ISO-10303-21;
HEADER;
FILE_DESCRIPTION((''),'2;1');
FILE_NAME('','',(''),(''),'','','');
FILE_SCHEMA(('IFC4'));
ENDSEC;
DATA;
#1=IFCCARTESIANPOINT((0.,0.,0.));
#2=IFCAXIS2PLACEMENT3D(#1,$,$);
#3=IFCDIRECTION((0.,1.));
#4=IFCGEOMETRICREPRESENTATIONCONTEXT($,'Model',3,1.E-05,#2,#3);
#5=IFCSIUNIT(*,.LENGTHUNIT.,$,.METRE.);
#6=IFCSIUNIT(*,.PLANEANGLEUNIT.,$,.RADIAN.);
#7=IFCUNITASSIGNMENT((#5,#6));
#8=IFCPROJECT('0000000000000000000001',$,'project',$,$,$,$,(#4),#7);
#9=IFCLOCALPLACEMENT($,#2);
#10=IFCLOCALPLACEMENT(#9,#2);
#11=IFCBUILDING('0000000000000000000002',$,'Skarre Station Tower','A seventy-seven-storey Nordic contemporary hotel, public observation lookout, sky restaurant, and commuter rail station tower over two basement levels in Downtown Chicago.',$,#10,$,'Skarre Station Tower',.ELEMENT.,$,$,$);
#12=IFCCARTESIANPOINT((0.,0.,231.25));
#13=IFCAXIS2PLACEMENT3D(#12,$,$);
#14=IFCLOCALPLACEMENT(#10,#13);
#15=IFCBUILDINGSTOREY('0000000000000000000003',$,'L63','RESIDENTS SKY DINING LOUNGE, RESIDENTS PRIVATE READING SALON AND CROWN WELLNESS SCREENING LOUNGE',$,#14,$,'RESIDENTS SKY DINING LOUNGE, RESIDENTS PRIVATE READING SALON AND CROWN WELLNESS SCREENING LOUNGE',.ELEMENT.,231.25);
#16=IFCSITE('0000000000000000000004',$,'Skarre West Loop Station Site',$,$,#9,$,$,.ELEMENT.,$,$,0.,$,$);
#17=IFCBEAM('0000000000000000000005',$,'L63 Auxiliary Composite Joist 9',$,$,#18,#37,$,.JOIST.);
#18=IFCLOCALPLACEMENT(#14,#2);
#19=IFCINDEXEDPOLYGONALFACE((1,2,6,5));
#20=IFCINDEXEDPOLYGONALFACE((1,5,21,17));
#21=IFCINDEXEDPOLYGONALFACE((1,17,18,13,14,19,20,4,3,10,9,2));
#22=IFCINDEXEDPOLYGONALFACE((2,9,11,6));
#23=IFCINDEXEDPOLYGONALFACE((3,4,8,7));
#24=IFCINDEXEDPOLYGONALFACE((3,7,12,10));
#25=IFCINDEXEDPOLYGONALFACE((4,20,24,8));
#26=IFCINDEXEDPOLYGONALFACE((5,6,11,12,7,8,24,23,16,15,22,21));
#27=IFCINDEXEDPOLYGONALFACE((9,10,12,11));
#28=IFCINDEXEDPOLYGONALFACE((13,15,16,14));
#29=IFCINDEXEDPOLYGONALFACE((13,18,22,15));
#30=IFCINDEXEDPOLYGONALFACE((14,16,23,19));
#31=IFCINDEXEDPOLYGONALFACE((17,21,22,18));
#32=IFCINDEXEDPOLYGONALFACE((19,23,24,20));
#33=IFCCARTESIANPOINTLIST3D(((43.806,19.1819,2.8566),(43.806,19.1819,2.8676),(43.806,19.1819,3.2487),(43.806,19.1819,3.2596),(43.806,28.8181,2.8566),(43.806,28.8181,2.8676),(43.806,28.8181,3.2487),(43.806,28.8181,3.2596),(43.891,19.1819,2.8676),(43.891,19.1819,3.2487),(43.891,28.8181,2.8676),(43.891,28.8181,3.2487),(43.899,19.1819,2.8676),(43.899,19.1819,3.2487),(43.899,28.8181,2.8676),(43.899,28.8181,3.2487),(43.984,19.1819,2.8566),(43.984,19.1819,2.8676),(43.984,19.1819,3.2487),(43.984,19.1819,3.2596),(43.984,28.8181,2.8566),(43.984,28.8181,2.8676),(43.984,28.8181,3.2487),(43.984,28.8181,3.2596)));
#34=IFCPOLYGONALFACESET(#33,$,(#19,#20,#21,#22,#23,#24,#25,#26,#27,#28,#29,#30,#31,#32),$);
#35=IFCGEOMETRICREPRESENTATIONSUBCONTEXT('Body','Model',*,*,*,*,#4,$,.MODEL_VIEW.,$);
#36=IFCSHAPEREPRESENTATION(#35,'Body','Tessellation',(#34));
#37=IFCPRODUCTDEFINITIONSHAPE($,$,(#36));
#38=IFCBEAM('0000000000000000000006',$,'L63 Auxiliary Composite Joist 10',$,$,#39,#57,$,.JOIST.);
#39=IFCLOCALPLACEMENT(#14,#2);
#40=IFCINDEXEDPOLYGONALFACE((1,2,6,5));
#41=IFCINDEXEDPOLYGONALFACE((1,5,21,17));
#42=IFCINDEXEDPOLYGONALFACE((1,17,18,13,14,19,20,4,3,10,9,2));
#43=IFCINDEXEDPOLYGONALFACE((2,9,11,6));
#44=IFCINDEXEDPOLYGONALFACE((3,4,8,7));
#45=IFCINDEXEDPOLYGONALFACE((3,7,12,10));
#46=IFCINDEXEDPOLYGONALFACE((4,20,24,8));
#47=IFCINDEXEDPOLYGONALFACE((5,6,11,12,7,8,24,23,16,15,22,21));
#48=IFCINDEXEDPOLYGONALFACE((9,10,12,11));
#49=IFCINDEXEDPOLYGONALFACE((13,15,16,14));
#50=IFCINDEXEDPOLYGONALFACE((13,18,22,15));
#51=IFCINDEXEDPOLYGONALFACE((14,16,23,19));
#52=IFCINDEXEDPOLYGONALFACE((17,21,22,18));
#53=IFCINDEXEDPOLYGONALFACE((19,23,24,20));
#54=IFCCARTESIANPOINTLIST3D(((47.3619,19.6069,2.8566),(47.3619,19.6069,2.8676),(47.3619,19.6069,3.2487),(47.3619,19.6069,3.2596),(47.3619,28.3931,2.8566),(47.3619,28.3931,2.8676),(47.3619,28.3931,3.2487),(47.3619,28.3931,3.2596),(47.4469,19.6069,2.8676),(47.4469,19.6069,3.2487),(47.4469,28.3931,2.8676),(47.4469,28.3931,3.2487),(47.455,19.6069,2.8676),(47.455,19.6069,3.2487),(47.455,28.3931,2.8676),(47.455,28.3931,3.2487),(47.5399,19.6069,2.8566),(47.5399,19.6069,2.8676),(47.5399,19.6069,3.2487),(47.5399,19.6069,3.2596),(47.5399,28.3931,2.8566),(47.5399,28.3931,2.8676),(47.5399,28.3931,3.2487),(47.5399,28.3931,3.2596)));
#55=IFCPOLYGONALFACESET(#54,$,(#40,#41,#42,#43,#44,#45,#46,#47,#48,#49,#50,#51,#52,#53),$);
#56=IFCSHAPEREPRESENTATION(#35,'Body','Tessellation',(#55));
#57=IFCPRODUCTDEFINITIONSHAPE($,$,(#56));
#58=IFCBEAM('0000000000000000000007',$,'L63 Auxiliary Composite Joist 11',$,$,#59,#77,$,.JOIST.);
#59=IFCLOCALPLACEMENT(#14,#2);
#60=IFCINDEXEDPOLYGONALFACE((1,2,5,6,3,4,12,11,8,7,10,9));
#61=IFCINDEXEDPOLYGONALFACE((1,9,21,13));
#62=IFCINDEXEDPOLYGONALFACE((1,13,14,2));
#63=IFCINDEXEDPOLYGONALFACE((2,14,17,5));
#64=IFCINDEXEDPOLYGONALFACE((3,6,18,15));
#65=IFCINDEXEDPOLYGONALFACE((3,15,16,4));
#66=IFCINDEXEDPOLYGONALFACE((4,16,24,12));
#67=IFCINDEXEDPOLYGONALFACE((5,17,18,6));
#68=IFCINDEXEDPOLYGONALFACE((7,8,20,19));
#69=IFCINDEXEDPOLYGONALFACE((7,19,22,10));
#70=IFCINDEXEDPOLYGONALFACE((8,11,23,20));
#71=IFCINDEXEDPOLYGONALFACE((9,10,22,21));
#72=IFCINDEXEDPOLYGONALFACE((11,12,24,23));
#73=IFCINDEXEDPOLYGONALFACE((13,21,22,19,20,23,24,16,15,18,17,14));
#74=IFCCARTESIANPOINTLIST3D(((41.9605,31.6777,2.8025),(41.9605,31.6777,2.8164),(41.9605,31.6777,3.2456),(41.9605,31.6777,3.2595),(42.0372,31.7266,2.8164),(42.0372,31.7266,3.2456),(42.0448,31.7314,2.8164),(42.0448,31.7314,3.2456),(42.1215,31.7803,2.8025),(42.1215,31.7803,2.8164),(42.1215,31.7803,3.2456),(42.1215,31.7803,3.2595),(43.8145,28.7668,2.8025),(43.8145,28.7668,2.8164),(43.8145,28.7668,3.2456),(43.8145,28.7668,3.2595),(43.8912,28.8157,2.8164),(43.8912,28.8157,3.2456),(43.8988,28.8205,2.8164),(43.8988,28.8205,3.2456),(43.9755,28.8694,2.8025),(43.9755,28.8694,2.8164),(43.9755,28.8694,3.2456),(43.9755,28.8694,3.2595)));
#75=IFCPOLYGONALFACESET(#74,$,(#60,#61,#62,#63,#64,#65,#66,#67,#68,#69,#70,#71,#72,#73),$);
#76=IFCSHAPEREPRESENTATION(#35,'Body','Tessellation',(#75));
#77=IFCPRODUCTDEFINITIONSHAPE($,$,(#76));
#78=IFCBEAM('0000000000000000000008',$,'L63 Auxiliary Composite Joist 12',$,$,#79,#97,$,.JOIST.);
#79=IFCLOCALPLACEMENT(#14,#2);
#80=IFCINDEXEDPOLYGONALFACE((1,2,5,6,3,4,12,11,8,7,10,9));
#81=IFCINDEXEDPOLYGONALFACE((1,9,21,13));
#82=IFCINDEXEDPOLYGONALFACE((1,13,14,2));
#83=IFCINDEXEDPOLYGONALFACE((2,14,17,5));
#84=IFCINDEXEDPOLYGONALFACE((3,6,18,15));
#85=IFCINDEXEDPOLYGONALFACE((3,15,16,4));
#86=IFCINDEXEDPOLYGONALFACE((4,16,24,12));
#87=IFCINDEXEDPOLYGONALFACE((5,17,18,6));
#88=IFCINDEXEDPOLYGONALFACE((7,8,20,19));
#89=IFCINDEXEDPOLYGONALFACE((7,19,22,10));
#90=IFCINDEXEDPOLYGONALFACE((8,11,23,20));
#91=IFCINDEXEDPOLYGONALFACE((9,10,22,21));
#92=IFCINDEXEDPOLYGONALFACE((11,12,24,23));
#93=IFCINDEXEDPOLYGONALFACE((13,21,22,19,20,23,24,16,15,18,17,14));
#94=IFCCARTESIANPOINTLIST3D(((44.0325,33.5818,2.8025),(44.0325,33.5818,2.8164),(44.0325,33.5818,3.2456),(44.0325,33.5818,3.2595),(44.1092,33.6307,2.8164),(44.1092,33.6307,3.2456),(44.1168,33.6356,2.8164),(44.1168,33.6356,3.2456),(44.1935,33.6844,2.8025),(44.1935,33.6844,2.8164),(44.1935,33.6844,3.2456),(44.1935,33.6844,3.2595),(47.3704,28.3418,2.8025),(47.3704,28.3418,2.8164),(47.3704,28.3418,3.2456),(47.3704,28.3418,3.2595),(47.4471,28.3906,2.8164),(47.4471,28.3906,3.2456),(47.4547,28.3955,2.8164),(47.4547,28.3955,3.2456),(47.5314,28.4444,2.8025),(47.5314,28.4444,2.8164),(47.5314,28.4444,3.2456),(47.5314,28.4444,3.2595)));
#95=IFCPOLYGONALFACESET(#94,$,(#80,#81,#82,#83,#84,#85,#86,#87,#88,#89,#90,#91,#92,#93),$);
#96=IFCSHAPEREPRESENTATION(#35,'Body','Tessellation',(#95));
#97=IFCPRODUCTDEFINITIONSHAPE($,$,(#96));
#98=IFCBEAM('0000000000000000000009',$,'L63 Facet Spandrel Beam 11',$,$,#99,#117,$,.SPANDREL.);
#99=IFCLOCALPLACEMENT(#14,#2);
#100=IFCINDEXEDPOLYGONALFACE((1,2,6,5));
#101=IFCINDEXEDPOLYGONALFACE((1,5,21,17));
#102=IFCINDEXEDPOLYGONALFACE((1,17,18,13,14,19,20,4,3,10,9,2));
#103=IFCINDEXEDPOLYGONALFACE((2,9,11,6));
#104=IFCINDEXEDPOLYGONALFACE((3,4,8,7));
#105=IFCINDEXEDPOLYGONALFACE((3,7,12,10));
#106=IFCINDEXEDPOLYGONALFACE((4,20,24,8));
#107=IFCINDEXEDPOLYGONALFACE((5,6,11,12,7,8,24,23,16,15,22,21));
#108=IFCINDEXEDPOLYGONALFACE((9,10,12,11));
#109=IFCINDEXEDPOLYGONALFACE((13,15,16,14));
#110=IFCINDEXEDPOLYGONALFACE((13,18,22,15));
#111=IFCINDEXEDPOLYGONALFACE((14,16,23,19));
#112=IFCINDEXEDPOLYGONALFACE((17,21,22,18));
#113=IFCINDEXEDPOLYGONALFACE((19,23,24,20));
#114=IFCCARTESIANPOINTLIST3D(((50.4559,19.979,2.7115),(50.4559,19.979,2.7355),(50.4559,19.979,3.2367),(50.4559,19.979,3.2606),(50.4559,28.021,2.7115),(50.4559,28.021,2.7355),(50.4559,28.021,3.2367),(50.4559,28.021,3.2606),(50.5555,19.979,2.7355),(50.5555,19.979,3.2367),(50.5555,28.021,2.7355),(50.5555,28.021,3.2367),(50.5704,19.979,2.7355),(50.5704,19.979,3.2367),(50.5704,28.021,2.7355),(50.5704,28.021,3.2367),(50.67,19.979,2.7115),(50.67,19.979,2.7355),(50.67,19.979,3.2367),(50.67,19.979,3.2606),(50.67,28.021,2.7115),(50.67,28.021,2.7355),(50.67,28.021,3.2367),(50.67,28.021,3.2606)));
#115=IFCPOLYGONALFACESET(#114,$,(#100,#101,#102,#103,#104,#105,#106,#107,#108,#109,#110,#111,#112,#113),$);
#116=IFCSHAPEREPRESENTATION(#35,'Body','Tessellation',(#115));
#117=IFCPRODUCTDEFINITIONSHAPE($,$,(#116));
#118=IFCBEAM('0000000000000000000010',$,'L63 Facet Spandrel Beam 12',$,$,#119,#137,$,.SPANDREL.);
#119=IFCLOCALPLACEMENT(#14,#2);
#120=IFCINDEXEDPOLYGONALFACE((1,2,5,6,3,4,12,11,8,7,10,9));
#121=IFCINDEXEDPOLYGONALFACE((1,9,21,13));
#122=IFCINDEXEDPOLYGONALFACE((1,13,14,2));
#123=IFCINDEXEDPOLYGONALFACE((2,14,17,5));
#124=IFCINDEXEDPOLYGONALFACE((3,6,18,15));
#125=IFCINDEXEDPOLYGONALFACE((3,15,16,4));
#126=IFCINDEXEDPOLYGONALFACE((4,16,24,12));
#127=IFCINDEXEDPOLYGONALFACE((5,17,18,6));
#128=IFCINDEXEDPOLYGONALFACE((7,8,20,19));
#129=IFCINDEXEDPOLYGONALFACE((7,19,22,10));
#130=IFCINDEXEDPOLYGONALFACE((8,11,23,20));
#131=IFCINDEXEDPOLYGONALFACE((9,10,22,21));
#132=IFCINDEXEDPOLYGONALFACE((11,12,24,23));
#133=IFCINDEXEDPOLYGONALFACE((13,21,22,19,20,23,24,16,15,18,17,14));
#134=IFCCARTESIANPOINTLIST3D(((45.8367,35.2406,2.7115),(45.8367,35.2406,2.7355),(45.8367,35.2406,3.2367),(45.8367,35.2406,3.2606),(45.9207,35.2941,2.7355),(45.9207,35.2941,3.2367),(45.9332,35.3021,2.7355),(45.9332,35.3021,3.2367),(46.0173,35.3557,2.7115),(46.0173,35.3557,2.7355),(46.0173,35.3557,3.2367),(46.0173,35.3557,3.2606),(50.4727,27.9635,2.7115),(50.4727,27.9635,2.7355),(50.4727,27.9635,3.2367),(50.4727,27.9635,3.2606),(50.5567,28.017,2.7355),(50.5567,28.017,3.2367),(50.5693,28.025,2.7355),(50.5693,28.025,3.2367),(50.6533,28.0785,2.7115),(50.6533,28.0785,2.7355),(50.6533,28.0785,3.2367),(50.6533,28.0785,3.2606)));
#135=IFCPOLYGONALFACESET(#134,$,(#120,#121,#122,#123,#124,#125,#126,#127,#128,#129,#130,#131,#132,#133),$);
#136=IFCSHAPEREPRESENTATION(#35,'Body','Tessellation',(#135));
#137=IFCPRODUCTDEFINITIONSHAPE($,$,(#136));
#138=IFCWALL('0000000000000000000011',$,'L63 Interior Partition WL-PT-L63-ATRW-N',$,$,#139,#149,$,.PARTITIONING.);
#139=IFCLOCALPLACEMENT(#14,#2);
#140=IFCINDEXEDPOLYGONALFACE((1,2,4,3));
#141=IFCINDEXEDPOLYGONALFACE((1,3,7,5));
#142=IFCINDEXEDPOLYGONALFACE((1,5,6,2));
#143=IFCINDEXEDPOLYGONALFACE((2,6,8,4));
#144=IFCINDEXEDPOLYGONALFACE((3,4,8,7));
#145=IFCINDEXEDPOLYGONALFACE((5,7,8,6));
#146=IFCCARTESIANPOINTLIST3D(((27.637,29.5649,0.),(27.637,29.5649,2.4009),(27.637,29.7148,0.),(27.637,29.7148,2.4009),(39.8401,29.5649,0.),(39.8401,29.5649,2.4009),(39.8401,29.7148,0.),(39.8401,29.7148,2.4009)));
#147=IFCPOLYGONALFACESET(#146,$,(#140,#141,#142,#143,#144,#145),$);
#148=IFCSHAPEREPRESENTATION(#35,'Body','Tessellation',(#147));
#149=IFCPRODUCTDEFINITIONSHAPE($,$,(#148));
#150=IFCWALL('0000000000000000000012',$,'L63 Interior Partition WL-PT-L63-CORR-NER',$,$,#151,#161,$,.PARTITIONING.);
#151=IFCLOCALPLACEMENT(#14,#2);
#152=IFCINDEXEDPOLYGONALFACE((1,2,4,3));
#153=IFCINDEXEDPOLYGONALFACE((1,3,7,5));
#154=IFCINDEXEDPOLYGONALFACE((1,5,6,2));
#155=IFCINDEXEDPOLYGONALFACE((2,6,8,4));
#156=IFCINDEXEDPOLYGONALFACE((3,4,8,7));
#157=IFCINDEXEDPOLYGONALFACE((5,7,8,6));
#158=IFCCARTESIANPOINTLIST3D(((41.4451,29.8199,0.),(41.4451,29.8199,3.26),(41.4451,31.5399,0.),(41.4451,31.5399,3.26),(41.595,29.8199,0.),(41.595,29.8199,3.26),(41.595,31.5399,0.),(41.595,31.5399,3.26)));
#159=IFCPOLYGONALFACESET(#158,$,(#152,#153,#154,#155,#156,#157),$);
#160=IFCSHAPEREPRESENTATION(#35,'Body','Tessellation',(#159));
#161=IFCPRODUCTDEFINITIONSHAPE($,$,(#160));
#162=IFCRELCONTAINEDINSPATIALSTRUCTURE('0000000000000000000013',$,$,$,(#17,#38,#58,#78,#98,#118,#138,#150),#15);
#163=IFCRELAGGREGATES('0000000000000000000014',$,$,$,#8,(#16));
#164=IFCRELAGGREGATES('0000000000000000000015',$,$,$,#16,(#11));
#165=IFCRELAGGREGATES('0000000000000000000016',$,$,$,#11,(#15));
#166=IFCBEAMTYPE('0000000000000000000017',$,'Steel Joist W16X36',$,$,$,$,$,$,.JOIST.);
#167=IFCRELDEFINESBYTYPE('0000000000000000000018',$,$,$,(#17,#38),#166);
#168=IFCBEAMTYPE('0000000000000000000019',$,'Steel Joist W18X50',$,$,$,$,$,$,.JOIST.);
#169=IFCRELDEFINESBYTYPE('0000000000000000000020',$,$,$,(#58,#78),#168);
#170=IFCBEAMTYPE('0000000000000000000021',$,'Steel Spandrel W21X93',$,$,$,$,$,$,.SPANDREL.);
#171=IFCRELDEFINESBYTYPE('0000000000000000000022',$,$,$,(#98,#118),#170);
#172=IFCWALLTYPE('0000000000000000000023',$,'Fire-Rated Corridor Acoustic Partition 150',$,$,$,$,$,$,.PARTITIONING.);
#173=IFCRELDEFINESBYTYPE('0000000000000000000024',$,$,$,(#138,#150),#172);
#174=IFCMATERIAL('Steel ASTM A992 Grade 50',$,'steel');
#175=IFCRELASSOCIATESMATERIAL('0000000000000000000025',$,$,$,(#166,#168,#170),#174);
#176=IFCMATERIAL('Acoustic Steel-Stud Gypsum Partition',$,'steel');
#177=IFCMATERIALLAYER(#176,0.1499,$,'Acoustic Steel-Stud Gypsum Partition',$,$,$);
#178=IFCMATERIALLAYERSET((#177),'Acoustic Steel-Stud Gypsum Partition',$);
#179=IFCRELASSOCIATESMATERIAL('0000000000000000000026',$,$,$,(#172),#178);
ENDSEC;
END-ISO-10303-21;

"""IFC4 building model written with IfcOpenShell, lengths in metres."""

from ifc_helpers import new_model, si_unit, direction, frame, frame_2d, origin, origin_2d, place, context, subcontext, project, spatial, rectangle, i_section, extrude, material, layer, layer_set, material_profile, profile_set, type_object, element, save


model = new_model("IFC4")

# Units and contexts
model_context = context("Model", 3, precision=1e-05, world=origin(), true_north=direction((0.0, 1.0)))
body_context = subcontext(model_context, "Body", "Model", "MODEL_VIEW")
ifc_project = project(units=[si_unit("LENGTHUNIT", "METRE"), si_unit("PLANEANGLEUNIT", "RADIAN")], contexts=[model_context])

# Site, building, storey
site_placement = place(None, origin())
site = spatial("IfcSite", under=ifc_project, at=site_placement, Name="Skarre West Loop Station Site", CompositionType="ELEMENT", RefElevation=0.0)
building_placement = place(site_placement, origin())
building = spatial("IfcBuilding", under=site, at=building_placement, Name="Skarre Station Tower", Description="A seventy-seven-storey Nordic contemporary hotel, public observation lookout, sky restaurant, and commuter rail station tower over two basement levels in Downtown Chicago.", LongName="Skarre Station Tower", CompositionType="ELEMENT")
storey_placement = place(building_placement, frame((0.0, 0.0, 231.25)))
storey = spatial("IfcBuildingStorey", under=building, at=storey_placement, Name="L63", Description="RESIDENTS SKY DINING LOUNGE, RESIDENTS PRIVATE READING SALON AND CROWN WELLNESS SCREENING LOUNGE", LongName="RESIDENTS SKY DINING LOUNGE, RESIDENTS PRIVATE READING SALON AND CROWN WELLNESS SCREENING LOUNGE", CompositionType="ELEMENT", Elevation=231.25)

# Beams
ifc_material_1 = material(Name="Steel ASTM A992 Grade 50", Category="steel")
ifc_material_profile_1 = material_profile(ifc_material_1, i_section(OverallWidth=0.178, OverallDepth=0.4031, WebThickness=0.0081, FlangeThickness=0.011, at=origin_2d()), Name="Steel ASTM A992 Grade 50")
ifc_profile_set_1 = profile_set([ifc_material_profile_1], Name="Steel ASTM A992 Grade 50")
beam_type_1 = type_object("IfcBeamType", Name="Steel Joist W16X36", PredefinedType="JOIST", material=ifc_profile_set_1)
beam_1_placement = place(storey_placement, frame((43.895, 19.1819, 3.0581), z_axis=(0.0, 1.0, 0.0), x_axis=(-1.0, 0.0, 0.0)))
element("IfcBeam", 1, at=beam_1_placement, inside=storey, type_object=beam_type_1, Name="L63 Auxiliary Composite Joist 9", PredefinedType="JOIST", context=body_context, shape_type="SweptSolid", body=[
    extrude(i_section(OverallWidth=0.178, OverallDepth=0.4031, WebThickness=0.0081, FlangeThickness=0.011, at=origin_2d()), origin(), (0.0, 0.0, 1.0), 9.6362),
])
beam_2_placement = place(storey_placement, frame((47.4509, 19.6069, 3.0581), z_axis=(0.0, 1.0, 0.0), x_axis=(-1.0, 0.0, 0.0)))
element("IfcBeam", 2, at=beam_2_placement, inside=storey, type_object=beam_type_1, Name="L63 Auxiliary Composite Joist 10", PredefinedType="JOIST", context=body_context, shape_type="SweptSolid", body=[
    extrude(i_section(OverallWidth=0.178, OverallDepth=0.4031, WebThickness=0.0081, FlangeThickness=0.011, at=origin_2d()), origin(), (0.0, 0.0, 1.0), 8.7861),
])
ifc_material_profile_2 = material_profile(ifc_material_1, i_section(OverallWidth=0.1909, OverallDepth=0.457, WebThickness=0.009, FlangeThickness=0.0139, at=origin_2d()), Name="Steel ASTM A992 Grade 50")
ifc_profile_set_2 = profile_set([ifc_material_profile_2], Name="Steel ASTM A992 Grade 50")
beam_type_2 = type_object("IfcBeamType", Name="Steel Joist W18X50", PredefinedType="JOIST", material=ifc_profile_set_2)
beam_3_placement = place(storey_placement, frame((43.895, 28.8181, 3.031), z_axis=(-0.53721, 0.843449, 0.0), x_axis=(-0.843449, -0.53721, 0.0)))
element("IfcBeam", 3, at=beam_3_placement, inside=storey, type_object=beam_type_2, Name="L63 Auxiliary Composite Joist 11", PredefinedType="JOIST", context=body_context, shape_type="SweptSolid", body=[
    extrude(i_section(OverallWidth=0.1909, OverallDepth=0.457, WebThickness=0.009, FlangeThickness=0.0139, at=origin_2d()), origin(), (0.0, 0.0, 1.0), 3.4512),
])
beam_4_placement = place(storey_placement, frame((47.4509, 28.3931, 3.031), z_axis=(-0.537259, 0.843417, 0.0), x_axis=(-0.843417, -0.537259, 0.0)))
element("IfcBeam", 4, at=beam_4_placement, inside=storey, type_object=beam_type_2, Name="L63 Auxiliary Composite Joist 12", PredefinedType="JOIST", context=body_context, shape_type="SweptSolid", body=[
    extrude(i_section(OverallWidth=0.1909, OverallDepth=0.457, WebThickness=0.009, FlangeThickness=0.0139, at=origin_2d()), origin(), (0.0, 0.0, 1.0), 6.2129),
])
ifc_material_profile_3 = material_profile(ifc_material_1, i_section(OverallWidth=0.2141, OverallDepth=0.5491, WebThickness=0.0149, FlangeThickness=0.0239, at=origin_2d()), Name="Steel ASTM A992 Grade 50")
ifc_profile_set_3 = profile_set([ifc_material_profile_3], Name="Steel ASTM A992 Grade 50")
beam_type_3 = type_object("IfcBeamType", Name="Steel Spandrel W21X93", PredefinedType="SPANDREL", material=ifc_profile_set_3)
beam_5_placement = place(storey_placement, frame((50.563, 19.979, 2.9861), z_axis=(0.0, 1.0, 0.0), x_axis=(-1.0, 0.0, 0.0)))
element("IfcBeam", 5, at=beam_5_placement, inside=storey, type_object=beam_type_3, Name="L63 Facet Spandrel Beam 11", PredefinedType="SPANDREL", context=body_context, shape_type="SweptSolid", body=[
    extrude(i_section(OverallWidth=0.2141, OverallDepth=0.5491, WebThickness=0.0149, FlangeThickness=0.0239, at=origin_2d()), origin(), (0.0, 0.0, 1.0), 8.042),
])
beam_6_placement = place(storey_placement, frame((50.563, 28.021, 2.9861), z_axis=(-0.537297, 0.843393, 0.0), x_axis=(-0.843393, -0.537297, 0.0)))
element("IfcBeam", 6, at=beam_6_placement, inside=storey, type_object=beam_type_3, Name="L63 Facet Spandrel Beam 12", PredefinedType="SPANDREL", context=body_context, shape_type="SweptSolid", body=[
    extrude(i_section(OverallWidth=0.2141, OverallDepth=0.5491, WebThickness=0.0149, FlangeThickness=0.0239, at=origin_2d()), origin(), (0.0, 0.0, 1.0), 8.6284),
])

# Walls
ifc_material_2 = material(Name="Acoustic Steel-Stud Gypsum Partition", Category="steel")
ifc_layer_1 = layer(ifc_material_2, 0.1499, Name="Acoustic Steel-Stud Gypsum Partition")
ifc_layer_set_1 = layer_set([ifc_layer_1], Name="Acoustic Steel-Stud Gypsum Partition")
wall_type_1 = type_object("IfcWallType", Name="Fire-Rated Corridor Acoustic Partition 150", PredefinedType="PARTITIONING", material=ifc_layer_set_1)
wall_1_placement = place(storey_placement, frame((39.8401, 29.6399, 0.0), z_axis=(0.0, 0.0, 1.0), x_axis=(-1.0, 0.0, 0.0)))
element("IfcWall", 7, at=wall_1_placement, inside=storey, type_object=wall_type_1, Name="L63 Interior Partition WL-PT-L63-ATRW-N", PredefinedType="PARTITIONING", context=body_context, shape_type="SweptSolid", body=[
    extrude(rectangle(XDim=12.2031, YDim=0.1499, at=frame_2d((6.1016, 0.0))), origin(), (0.0, 0.0, 1.0), 2.4009),
])
wall_2_placement = place(storey_placement, frame((41.52, 29.8201, 0.0), z_axis=(0.0, 0.0, 1.0), x_axis=(0.0, 1.0, 0.0)))
element("IfcWall", 8, at=wall_2_placement, inside=storey, type_object=wall_type_1, Name="L63 Interior Partition WL-PT-L63-CORR-NER", PredefinedType="PARTITIONING", context=body_context, shape_type="SweptSolid", body=[
    extrude(rectangle(XDim=1.72, YDim=0.1499, at=frame_2d((0.8599, 0.0))), origin(), (0.0, 0.0, 1.0), 3.26),
])

save(model, "model.ifc")
